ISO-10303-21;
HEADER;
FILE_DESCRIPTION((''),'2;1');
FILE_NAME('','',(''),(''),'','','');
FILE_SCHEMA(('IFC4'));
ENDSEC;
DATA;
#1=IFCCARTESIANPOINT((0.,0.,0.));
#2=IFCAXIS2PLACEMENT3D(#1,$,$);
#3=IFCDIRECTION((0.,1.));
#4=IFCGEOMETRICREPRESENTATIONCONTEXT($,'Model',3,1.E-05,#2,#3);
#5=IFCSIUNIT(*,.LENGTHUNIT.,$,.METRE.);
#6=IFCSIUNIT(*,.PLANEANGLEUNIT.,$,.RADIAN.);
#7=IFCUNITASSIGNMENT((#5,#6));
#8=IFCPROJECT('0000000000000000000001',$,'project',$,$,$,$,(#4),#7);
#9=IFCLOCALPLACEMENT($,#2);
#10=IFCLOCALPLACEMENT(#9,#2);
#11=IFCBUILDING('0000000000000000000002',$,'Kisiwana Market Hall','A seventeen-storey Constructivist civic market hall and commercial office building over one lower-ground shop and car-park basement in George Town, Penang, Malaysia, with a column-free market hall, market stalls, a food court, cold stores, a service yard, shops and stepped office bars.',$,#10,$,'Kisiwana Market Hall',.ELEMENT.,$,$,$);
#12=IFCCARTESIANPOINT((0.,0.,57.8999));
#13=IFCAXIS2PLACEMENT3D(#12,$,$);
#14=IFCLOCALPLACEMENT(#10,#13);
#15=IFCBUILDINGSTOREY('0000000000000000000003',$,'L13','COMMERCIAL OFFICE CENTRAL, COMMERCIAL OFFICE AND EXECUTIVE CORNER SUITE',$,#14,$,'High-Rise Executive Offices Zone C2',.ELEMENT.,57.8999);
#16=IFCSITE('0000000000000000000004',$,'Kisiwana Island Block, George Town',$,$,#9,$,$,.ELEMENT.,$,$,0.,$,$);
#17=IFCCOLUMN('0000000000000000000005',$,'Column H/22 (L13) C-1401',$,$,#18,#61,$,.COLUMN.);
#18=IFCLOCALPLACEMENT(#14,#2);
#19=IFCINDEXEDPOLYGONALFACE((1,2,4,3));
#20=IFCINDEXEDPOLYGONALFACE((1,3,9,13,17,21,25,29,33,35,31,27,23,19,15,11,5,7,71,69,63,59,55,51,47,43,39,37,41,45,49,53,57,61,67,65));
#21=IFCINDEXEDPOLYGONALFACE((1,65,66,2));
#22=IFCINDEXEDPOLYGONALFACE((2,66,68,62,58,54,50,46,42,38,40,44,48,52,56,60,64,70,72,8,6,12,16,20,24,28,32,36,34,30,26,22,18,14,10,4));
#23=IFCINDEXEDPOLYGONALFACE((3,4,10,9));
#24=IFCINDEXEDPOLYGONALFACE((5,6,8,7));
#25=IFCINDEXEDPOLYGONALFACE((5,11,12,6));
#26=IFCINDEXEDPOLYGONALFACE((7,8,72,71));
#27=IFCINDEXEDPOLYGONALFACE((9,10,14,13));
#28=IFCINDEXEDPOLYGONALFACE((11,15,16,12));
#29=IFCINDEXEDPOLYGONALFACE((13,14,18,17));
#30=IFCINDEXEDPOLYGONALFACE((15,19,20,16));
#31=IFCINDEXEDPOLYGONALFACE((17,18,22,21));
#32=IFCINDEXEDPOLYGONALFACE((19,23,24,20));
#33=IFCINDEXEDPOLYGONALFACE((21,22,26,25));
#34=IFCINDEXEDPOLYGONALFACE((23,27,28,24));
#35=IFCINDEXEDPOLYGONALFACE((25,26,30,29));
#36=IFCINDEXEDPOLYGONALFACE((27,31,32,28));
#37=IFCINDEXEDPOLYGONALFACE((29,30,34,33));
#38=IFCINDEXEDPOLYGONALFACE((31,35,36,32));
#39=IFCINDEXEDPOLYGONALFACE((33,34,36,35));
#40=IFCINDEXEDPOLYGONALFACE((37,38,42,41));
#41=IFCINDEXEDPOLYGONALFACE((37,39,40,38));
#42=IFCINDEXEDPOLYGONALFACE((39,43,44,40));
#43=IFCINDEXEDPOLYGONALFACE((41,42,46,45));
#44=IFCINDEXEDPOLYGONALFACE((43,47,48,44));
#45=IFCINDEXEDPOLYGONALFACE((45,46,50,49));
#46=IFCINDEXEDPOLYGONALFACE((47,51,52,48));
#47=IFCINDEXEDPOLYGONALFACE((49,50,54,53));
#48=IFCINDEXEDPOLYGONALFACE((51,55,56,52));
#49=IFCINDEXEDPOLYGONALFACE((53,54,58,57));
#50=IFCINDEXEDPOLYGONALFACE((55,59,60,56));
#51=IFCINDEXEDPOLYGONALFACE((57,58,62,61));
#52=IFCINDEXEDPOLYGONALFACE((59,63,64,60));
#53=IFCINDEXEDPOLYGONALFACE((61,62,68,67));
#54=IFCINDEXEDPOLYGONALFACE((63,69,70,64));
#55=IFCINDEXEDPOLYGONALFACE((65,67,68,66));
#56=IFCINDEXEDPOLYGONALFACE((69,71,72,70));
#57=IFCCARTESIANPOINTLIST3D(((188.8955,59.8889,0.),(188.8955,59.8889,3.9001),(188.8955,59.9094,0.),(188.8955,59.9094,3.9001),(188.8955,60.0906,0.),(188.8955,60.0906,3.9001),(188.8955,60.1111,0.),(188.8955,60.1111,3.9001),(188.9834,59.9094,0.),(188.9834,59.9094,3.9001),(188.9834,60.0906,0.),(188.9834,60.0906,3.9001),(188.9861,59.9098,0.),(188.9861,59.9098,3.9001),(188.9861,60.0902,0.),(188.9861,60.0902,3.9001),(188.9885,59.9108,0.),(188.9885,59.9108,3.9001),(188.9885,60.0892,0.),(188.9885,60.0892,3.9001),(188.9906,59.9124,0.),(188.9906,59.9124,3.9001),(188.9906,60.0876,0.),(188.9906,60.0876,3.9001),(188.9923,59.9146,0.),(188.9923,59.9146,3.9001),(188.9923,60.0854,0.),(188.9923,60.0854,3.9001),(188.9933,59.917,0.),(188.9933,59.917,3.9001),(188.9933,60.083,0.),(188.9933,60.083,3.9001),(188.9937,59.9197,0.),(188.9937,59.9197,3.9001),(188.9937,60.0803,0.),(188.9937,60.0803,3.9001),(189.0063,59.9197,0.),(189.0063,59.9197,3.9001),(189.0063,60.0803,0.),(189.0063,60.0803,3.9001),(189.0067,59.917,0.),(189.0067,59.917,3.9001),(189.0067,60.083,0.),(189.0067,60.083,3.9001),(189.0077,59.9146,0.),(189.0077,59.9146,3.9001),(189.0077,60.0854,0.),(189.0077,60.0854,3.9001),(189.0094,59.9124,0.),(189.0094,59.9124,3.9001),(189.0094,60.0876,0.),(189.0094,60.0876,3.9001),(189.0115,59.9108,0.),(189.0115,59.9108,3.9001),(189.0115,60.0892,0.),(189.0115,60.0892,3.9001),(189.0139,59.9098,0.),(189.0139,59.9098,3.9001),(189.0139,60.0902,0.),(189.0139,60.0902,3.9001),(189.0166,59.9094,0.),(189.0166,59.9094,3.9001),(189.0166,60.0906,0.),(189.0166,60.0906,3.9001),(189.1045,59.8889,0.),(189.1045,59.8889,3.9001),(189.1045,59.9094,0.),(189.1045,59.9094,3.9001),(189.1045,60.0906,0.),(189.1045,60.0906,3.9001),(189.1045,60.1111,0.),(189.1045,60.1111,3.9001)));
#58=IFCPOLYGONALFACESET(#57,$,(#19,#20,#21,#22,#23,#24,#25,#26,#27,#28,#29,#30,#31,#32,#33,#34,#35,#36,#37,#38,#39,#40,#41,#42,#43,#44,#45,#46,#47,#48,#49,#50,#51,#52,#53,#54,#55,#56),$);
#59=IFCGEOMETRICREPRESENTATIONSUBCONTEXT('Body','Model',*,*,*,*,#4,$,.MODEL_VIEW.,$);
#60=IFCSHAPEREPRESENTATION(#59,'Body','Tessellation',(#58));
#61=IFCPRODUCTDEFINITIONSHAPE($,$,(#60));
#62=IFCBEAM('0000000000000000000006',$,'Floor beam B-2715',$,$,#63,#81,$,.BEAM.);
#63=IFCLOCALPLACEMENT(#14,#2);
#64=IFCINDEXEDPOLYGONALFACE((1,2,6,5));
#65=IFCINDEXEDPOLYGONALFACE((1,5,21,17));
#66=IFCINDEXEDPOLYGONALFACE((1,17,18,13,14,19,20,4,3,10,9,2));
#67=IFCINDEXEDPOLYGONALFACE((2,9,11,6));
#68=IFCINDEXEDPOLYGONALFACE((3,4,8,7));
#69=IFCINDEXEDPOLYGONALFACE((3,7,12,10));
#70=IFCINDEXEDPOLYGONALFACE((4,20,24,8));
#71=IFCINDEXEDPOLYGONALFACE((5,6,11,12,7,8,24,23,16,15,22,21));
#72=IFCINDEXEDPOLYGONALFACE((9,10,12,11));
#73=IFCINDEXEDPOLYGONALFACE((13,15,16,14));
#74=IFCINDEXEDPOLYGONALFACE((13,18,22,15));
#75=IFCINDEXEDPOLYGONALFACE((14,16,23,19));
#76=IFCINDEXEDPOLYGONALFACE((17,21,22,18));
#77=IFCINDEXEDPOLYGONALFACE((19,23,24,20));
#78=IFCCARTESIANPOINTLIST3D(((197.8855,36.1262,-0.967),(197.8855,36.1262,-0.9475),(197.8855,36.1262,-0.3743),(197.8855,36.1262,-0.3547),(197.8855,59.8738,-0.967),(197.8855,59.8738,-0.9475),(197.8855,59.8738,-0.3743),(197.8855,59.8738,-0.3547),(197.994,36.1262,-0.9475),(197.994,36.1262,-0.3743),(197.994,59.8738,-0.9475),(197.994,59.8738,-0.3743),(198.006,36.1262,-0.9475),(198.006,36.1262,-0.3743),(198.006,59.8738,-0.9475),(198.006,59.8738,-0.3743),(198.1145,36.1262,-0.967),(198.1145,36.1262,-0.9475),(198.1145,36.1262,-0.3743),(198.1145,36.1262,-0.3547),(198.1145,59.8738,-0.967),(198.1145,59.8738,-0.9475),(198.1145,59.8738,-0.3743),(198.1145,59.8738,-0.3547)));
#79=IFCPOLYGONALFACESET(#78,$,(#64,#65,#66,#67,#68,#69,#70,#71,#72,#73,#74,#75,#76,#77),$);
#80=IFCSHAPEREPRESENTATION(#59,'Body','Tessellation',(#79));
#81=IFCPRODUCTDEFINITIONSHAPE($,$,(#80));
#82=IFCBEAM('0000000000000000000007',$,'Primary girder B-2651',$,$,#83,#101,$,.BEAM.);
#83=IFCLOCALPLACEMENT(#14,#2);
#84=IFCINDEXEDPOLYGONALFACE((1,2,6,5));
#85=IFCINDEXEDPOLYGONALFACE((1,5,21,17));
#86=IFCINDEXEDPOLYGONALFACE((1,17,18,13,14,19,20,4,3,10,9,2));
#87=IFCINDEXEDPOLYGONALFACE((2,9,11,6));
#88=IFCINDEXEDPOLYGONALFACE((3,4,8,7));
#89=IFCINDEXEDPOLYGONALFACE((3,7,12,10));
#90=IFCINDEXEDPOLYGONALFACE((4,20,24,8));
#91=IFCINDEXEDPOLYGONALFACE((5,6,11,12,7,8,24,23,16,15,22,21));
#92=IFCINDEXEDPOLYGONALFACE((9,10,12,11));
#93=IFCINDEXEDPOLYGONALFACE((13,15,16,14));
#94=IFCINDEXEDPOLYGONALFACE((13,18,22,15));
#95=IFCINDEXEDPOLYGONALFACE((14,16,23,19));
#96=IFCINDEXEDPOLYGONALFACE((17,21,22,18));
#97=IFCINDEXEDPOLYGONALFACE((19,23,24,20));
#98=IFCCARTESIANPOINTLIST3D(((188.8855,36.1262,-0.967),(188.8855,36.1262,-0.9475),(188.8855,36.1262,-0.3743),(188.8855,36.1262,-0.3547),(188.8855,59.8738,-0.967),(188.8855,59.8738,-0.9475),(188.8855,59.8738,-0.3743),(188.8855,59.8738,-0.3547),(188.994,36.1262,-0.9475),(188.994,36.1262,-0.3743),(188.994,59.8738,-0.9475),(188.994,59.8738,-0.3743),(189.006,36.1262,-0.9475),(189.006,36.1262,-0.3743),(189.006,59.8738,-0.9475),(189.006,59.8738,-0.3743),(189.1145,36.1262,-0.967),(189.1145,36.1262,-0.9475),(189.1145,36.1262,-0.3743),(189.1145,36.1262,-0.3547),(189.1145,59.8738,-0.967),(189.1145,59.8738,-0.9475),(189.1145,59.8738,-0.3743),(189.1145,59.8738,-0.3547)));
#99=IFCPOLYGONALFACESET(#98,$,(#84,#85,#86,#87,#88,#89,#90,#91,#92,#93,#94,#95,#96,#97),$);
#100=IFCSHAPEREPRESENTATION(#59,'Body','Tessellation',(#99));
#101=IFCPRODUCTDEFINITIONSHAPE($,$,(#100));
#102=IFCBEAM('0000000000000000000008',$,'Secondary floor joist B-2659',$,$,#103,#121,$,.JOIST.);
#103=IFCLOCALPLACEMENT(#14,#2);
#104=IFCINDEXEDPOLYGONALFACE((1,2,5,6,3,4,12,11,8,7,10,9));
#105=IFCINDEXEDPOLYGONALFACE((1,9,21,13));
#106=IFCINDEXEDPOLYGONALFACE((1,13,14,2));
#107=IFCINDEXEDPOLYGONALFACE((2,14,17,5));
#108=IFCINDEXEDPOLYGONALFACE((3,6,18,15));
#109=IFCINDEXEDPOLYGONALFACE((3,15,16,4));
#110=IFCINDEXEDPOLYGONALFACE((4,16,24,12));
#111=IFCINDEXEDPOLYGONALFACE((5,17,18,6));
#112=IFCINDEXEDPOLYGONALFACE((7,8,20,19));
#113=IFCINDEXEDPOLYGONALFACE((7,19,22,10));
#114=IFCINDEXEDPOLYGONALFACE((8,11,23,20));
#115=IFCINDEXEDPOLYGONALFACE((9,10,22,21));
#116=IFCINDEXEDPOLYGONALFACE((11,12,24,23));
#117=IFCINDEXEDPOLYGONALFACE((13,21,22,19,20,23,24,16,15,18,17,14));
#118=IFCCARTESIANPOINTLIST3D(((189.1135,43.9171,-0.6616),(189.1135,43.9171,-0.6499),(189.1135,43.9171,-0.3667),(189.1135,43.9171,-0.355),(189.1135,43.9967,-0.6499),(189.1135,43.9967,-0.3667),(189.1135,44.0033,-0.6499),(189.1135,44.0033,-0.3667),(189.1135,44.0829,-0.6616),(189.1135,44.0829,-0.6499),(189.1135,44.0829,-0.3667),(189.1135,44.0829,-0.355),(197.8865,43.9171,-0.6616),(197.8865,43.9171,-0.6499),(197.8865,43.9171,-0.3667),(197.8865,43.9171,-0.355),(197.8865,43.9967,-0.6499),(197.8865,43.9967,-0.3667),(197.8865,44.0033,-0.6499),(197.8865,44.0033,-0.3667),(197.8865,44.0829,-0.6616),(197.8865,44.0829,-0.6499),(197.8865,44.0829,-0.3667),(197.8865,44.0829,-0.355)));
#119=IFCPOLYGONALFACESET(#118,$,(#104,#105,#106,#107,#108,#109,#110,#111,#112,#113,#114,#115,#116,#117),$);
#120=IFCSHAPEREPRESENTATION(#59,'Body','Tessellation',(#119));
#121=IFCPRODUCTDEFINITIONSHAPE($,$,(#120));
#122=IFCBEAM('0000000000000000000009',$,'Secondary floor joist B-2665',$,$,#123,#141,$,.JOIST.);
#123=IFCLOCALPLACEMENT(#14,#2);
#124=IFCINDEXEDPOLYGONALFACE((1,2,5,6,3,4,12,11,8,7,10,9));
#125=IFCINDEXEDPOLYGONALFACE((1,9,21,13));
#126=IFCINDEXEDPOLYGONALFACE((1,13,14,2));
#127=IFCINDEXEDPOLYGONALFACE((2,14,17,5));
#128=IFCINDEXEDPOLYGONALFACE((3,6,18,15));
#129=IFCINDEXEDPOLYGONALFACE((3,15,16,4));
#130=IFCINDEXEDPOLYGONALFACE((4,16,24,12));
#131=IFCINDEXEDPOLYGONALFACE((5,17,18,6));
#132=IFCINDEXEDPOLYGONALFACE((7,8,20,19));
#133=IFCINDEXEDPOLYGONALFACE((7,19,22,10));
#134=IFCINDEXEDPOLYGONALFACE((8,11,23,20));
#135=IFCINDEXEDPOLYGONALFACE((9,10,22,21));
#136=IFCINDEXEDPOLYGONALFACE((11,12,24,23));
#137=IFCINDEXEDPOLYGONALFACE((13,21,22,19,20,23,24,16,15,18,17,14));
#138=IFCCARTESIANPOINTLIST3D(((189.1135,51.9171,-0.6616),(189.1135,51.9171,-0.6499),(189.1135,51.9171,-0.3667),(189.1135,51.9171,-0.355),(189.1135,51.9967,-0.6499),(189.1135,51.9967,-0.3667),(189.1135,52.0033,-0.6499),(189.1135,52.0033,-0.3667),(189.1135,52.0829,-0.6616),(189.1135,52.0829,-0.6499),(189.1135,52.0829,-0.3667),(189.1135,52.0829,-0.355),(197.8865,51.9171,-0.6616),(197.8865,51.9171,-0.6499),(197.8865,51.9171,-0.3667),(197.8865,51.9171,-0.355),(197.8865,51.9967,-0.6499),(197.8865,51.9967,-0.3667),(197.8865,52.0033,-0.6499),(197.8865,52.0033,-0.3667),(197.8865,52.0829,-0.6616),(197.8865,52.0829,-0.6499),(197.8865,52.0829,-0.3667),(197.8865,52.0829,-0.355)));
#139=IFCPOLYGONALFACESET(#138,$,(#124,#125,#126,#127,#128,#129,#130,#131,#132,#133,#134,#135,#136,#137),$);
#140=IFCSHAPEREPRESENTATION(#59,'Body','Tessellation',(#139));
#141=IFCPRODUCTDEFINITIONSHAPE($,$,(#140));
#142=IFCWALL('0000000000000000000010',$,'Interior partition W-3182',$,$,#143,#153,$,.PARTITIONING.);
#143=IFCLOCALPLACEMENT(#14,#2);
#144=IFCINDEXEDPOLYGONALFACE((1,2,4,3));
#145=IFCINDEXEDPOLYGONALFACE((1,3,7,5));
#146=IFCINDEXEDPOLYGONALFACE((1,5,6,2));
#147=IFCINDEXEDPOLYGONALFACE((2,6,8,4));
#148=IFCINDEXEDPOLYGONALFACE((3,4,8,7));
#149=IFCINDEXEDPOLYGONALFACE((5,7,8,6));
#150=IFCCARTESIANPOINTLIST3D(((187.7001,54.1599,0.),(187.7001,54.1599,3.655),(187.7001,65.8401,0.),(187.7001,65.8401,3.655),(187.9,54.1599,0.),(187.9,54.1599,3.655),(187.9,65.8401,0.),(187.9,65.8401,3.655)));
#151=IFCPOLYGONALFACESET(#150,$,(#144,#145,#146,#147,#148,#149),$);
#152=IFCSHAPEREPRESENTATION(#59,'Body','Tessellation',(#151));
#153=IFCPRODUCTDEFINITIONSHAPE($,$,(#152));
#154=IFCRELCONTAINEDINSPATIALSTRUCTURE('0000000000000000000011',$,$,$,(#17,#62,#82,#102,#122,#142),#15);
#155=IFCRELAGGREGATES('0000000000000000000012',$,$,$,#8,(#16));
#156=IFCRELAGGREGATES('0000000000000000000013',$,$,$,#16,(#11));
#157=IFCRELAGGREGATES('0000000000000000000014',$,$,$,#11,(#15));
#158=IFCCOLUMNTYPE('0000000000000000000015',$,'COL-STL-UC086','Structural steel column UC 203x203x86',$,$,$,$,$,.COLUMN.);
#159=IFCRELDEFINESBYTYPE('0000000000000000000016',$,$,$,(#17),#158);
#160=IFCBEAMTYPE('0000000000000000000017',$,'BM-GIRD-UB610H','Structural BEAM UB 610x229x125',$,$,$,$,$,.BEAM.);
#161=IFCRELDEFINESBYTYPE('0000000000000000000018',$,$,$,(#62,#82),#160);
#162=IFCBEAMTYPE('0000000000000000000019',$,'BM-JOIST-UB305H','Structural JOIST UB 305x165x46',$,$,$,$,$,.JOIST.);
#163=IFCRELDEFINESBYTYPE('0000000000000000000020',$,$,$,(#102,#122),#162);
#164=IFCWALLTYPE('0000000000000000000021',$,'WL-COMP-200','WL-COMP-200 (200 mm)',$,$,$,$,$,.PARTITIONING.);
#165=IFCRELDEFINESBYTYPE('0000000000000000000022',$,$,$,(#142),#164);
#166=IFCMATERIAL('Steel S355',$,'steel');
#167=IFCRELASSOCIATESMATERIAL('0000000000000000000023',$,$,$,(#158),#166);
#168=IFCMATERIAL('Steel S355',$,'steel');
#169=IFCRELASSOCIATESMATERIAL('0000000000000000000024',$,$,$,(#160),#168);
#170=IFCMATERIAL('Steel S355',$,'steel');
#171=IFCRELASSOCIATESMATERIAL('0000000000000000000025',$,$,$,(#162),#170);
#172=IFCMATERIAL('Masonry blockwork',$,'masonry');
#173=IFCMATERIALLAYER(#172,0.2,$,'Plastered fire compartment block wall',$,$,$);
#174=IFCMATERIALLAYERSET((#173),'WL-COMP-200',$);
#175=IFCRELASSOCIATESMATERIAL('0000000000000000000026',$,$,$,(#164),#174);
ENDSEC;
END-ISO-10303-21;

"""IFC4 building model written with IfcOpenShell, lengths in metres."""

from ifc_helpers import new_model, si_unit, direction, frame, frame_2d, origin, origin_2d, place, context, subcontext, project, spatial, rectangle, i_section, extrude, material, layer, layer_set, material_profile, profile_set, type_object, element, save


model = new_model("IFC4")

# Units and contexts
model_context = context("Model", 3, precision=1e-05, world=origin(), true_north=direction((0.0, 1.0)))
body_context = subcontext(model_context, "Body", "Model", "MODEL_VIEW")
ifc_project = project(units=[si_unit("LENGTHUNIT", "METRE"), si_unit("PLANEANGLEUNIT", "RADIAN")], contexts=[model_context])

# Site, building, storey
site_placement = place(None, origin())
site = spatial("IfcSite", under=ifc_project, at=site_placement, Name="Kisiwana Island Block, George Town", CompositionType="ELEMENT", RefElevation=0.0)
building_placement = place(site_placement, origin())
building = spatial("IfcBuilding", under=site, at=building_placement, Name="Kisiwana Market Hall", Description="A seventeen-storey Constructivist civic market hall and commercial office building over one lower-ground shop and car-park basement in George Town, Penang, Malaysia, with a column-free market hall, market stalls, a food court, cold stores, a service yard, shops and stepped office bars.", LongName="Kisiwana Market Hall", CompositionType="ELEMENT")
storey_placement = place(building_placement, frame((0.0, 0.0, 57.8999)))
storey = spatial("IfcBuildingStorey", under=building, at=storey_placement, Name="L13", Description="COMMERCIAL OFFICE CENTRAL, COMMERCIAL OFFICE AND EXECUTIVE CORNER SUITE", LongName="High-Rise Executive Offices Zone C2", CompositionType="ELEMENT", Elevation=57.8999)

# Column
ifc_material_1 = material(Name="Steel S355", Category="steel")
ifc_material_profile_1 = material_profile(ifc_material_1, i_section(OverallWidth=0.209, OverallDepth=0.2222, WebThickness=0.0127, FlangeThickness=0.0205, FilletRadius=0.0103, at=origin_2d()), Name="UC 203x203x86")
ifc_profile_set_1 = profile_set([ifc_material_profile_1], Name="Steel S355")
column_type = type_object("IfcColumnType", Name="COL-STL-UC086", Description="Structural steel column UC 203x203x86", PredefinedType="COLUMN", material=ifc_profile_set_1)
column_placement = place(storey_placement, frame((189.0, 60.0, 0.0), z_axis=(0.0, 0.0, 1.0), x_axis=(1.0, 0.0, 0.0)))
element("IfcColumn", 1, at=column_placement, inside=storey, type_object=column_type, Name="Column H/22 (L13) C-1401", PredefinedType="COLUMN", context=body_context, shape_type="SweptSolid", body=[
    extrude(i_section(OverallWidth=0.209, OverallDepth=0.2222, WebThickness=0.0127, FlangeThickness=0.0205, FilletRadius=0.0103, at=origin_2d()), origin(), (0.0, 0.0, 1.0), 3.9001),
])

# Beams
ifc_material_2 = material(Name="Steel S355", Category="steel")
ifc_material_profile_2 = material_profile(ifc_material_2, i_section(OverallWidth=0.229, OverallDepth=0.6123, WebThickness=0.012, FlangeThickness=0.0195, at=origin_2d()), Name="UB 610x229x125")
ifc_profile_set_2 = profile_set([ifc_material_profile_2], Name="Steel S355")
beam_type_1 = type_object("IfcBeamType", Name="BM-GIRD-UB610H", Description="Structural BEAM UB 610x229x125", PredefinedType="BEAM", material=ifc_profile_set_2)
for number, where, z_axis, x_axis, name in (
    (2, (198.0, 36.1262, -0.6609), (0.0, 1.0, 0.0), (-1.0, 0.0, 0.0), "Floor beam B-2715"),
    (3, (189.0, 36.1262, -0.6609), (0.0, 1.0, 0.0), (-1.0, 0.0, 0.0), "Primary girder B-2651"),
):
    element("IfcBeam", number, at=place(storey_placement, frame(where, z_axis=z_axis, x_axis=x_axis)), inside=storey, type_object=beam_type_1, Name=name, PredefinedType="BEAM", context=body_context, shape_type="SweptSolid", body=[
        extrude(i_section(OverallWidth=0.229, OverallDepth=0.6123, WebThickness=0.012, FlangeThickness=0.0195, at=origin_2d()), origin(), (0.0, 0.0, 1.0), 23.7476),
    ])
ifc_material_3 = material(Name="Steel S355", Category="steel")
ifc_material_profile_3 = material_profile(ifc_material_3, i_section(OverallWidth=0.1658, OverallDepth=0.3066, WebThickness=0.0066, FlangeThickness=0.0117, at=origin_2d()), Name="UB 305x165x46")
ifc_profile_set_3 = profile_set([ifc_material_profile_3], Name="Steel S355")
beam_type_2 = type_object("IfcBeamType", Name="BM-JOIST-UB305H", Description="Structural JOIST UB 305x165x46", PredefinedType="JOIST", material=ifc_profile_set_3)
for number, where, z_axis, x_axis, name in (
    (4, (189.1135, 44.0, -0.5083), (1.0, 0.0, 0.0), (0.0, 1.0, 0.0), "Secondary floor joist B-2659"),
    (5, (189.1135, 52.0, -0.5083), (1.0, 0.0, 0.0), (0.0, 1.0, 0.0), "Secondary floor joist B-2665"),
):
    element("IfcBeam", number, at=place(storey_placement, frame(where, z_axis=z_axis, x_axis=x_axis)), inside=storey, type_object=beam_type_2, Name=name, PredefinedType="JOIST", context=body_context, shape_type="SweptSolid", body=[
        extrude(i_section(OverallWidth=0.1658, OverallDepth=0.3066, WebThickness=0.0066, FlangeThickness=0.0117, at=origin_2d()), origin(), (0.0, 0.0, 1.0), 8.7729),
    ])

# Wall
ifc_material_4 = material(Name="Masonry blockwork", Category="masonry")
ifc_layer_1 = layer(ifc_material_4, 0.2, Name="Plastered fire compartment block wall")
ifc_layer_set_1 = layer_set([ifc_layer_1], Name="WL-COMP-200")
wall_type_1 = type_object("IfcWallType", Name="WL-COMP-200", Description="WL-COMP-200 (200 mm)", PredefinedType="PARTITIONING", material=ifc_layer_set_1)
wall_1_placement = place(storey_placement, frame((187.8, 54.1599, 0.0), z_axis=(0.0, 0.0, 1.0), x_axis=(0.0, 1.0, 0.0)))
element("IfcWall", 6, at=wall_1_placement, inside=storey, type_object=wall_type_1, Name="Interior partition W-3182", PredefinedType="PARTITIONING", context=body_context, shape_type="SweptSolid", body=[
    extrude(rectangle(XDim=11.6802, YDim=0.2, at=frame_2d((5.8401, 0.0))), origin(), (0.0, 0.0, 1.0), 3.655),
])

save(model, "model.ifc")
